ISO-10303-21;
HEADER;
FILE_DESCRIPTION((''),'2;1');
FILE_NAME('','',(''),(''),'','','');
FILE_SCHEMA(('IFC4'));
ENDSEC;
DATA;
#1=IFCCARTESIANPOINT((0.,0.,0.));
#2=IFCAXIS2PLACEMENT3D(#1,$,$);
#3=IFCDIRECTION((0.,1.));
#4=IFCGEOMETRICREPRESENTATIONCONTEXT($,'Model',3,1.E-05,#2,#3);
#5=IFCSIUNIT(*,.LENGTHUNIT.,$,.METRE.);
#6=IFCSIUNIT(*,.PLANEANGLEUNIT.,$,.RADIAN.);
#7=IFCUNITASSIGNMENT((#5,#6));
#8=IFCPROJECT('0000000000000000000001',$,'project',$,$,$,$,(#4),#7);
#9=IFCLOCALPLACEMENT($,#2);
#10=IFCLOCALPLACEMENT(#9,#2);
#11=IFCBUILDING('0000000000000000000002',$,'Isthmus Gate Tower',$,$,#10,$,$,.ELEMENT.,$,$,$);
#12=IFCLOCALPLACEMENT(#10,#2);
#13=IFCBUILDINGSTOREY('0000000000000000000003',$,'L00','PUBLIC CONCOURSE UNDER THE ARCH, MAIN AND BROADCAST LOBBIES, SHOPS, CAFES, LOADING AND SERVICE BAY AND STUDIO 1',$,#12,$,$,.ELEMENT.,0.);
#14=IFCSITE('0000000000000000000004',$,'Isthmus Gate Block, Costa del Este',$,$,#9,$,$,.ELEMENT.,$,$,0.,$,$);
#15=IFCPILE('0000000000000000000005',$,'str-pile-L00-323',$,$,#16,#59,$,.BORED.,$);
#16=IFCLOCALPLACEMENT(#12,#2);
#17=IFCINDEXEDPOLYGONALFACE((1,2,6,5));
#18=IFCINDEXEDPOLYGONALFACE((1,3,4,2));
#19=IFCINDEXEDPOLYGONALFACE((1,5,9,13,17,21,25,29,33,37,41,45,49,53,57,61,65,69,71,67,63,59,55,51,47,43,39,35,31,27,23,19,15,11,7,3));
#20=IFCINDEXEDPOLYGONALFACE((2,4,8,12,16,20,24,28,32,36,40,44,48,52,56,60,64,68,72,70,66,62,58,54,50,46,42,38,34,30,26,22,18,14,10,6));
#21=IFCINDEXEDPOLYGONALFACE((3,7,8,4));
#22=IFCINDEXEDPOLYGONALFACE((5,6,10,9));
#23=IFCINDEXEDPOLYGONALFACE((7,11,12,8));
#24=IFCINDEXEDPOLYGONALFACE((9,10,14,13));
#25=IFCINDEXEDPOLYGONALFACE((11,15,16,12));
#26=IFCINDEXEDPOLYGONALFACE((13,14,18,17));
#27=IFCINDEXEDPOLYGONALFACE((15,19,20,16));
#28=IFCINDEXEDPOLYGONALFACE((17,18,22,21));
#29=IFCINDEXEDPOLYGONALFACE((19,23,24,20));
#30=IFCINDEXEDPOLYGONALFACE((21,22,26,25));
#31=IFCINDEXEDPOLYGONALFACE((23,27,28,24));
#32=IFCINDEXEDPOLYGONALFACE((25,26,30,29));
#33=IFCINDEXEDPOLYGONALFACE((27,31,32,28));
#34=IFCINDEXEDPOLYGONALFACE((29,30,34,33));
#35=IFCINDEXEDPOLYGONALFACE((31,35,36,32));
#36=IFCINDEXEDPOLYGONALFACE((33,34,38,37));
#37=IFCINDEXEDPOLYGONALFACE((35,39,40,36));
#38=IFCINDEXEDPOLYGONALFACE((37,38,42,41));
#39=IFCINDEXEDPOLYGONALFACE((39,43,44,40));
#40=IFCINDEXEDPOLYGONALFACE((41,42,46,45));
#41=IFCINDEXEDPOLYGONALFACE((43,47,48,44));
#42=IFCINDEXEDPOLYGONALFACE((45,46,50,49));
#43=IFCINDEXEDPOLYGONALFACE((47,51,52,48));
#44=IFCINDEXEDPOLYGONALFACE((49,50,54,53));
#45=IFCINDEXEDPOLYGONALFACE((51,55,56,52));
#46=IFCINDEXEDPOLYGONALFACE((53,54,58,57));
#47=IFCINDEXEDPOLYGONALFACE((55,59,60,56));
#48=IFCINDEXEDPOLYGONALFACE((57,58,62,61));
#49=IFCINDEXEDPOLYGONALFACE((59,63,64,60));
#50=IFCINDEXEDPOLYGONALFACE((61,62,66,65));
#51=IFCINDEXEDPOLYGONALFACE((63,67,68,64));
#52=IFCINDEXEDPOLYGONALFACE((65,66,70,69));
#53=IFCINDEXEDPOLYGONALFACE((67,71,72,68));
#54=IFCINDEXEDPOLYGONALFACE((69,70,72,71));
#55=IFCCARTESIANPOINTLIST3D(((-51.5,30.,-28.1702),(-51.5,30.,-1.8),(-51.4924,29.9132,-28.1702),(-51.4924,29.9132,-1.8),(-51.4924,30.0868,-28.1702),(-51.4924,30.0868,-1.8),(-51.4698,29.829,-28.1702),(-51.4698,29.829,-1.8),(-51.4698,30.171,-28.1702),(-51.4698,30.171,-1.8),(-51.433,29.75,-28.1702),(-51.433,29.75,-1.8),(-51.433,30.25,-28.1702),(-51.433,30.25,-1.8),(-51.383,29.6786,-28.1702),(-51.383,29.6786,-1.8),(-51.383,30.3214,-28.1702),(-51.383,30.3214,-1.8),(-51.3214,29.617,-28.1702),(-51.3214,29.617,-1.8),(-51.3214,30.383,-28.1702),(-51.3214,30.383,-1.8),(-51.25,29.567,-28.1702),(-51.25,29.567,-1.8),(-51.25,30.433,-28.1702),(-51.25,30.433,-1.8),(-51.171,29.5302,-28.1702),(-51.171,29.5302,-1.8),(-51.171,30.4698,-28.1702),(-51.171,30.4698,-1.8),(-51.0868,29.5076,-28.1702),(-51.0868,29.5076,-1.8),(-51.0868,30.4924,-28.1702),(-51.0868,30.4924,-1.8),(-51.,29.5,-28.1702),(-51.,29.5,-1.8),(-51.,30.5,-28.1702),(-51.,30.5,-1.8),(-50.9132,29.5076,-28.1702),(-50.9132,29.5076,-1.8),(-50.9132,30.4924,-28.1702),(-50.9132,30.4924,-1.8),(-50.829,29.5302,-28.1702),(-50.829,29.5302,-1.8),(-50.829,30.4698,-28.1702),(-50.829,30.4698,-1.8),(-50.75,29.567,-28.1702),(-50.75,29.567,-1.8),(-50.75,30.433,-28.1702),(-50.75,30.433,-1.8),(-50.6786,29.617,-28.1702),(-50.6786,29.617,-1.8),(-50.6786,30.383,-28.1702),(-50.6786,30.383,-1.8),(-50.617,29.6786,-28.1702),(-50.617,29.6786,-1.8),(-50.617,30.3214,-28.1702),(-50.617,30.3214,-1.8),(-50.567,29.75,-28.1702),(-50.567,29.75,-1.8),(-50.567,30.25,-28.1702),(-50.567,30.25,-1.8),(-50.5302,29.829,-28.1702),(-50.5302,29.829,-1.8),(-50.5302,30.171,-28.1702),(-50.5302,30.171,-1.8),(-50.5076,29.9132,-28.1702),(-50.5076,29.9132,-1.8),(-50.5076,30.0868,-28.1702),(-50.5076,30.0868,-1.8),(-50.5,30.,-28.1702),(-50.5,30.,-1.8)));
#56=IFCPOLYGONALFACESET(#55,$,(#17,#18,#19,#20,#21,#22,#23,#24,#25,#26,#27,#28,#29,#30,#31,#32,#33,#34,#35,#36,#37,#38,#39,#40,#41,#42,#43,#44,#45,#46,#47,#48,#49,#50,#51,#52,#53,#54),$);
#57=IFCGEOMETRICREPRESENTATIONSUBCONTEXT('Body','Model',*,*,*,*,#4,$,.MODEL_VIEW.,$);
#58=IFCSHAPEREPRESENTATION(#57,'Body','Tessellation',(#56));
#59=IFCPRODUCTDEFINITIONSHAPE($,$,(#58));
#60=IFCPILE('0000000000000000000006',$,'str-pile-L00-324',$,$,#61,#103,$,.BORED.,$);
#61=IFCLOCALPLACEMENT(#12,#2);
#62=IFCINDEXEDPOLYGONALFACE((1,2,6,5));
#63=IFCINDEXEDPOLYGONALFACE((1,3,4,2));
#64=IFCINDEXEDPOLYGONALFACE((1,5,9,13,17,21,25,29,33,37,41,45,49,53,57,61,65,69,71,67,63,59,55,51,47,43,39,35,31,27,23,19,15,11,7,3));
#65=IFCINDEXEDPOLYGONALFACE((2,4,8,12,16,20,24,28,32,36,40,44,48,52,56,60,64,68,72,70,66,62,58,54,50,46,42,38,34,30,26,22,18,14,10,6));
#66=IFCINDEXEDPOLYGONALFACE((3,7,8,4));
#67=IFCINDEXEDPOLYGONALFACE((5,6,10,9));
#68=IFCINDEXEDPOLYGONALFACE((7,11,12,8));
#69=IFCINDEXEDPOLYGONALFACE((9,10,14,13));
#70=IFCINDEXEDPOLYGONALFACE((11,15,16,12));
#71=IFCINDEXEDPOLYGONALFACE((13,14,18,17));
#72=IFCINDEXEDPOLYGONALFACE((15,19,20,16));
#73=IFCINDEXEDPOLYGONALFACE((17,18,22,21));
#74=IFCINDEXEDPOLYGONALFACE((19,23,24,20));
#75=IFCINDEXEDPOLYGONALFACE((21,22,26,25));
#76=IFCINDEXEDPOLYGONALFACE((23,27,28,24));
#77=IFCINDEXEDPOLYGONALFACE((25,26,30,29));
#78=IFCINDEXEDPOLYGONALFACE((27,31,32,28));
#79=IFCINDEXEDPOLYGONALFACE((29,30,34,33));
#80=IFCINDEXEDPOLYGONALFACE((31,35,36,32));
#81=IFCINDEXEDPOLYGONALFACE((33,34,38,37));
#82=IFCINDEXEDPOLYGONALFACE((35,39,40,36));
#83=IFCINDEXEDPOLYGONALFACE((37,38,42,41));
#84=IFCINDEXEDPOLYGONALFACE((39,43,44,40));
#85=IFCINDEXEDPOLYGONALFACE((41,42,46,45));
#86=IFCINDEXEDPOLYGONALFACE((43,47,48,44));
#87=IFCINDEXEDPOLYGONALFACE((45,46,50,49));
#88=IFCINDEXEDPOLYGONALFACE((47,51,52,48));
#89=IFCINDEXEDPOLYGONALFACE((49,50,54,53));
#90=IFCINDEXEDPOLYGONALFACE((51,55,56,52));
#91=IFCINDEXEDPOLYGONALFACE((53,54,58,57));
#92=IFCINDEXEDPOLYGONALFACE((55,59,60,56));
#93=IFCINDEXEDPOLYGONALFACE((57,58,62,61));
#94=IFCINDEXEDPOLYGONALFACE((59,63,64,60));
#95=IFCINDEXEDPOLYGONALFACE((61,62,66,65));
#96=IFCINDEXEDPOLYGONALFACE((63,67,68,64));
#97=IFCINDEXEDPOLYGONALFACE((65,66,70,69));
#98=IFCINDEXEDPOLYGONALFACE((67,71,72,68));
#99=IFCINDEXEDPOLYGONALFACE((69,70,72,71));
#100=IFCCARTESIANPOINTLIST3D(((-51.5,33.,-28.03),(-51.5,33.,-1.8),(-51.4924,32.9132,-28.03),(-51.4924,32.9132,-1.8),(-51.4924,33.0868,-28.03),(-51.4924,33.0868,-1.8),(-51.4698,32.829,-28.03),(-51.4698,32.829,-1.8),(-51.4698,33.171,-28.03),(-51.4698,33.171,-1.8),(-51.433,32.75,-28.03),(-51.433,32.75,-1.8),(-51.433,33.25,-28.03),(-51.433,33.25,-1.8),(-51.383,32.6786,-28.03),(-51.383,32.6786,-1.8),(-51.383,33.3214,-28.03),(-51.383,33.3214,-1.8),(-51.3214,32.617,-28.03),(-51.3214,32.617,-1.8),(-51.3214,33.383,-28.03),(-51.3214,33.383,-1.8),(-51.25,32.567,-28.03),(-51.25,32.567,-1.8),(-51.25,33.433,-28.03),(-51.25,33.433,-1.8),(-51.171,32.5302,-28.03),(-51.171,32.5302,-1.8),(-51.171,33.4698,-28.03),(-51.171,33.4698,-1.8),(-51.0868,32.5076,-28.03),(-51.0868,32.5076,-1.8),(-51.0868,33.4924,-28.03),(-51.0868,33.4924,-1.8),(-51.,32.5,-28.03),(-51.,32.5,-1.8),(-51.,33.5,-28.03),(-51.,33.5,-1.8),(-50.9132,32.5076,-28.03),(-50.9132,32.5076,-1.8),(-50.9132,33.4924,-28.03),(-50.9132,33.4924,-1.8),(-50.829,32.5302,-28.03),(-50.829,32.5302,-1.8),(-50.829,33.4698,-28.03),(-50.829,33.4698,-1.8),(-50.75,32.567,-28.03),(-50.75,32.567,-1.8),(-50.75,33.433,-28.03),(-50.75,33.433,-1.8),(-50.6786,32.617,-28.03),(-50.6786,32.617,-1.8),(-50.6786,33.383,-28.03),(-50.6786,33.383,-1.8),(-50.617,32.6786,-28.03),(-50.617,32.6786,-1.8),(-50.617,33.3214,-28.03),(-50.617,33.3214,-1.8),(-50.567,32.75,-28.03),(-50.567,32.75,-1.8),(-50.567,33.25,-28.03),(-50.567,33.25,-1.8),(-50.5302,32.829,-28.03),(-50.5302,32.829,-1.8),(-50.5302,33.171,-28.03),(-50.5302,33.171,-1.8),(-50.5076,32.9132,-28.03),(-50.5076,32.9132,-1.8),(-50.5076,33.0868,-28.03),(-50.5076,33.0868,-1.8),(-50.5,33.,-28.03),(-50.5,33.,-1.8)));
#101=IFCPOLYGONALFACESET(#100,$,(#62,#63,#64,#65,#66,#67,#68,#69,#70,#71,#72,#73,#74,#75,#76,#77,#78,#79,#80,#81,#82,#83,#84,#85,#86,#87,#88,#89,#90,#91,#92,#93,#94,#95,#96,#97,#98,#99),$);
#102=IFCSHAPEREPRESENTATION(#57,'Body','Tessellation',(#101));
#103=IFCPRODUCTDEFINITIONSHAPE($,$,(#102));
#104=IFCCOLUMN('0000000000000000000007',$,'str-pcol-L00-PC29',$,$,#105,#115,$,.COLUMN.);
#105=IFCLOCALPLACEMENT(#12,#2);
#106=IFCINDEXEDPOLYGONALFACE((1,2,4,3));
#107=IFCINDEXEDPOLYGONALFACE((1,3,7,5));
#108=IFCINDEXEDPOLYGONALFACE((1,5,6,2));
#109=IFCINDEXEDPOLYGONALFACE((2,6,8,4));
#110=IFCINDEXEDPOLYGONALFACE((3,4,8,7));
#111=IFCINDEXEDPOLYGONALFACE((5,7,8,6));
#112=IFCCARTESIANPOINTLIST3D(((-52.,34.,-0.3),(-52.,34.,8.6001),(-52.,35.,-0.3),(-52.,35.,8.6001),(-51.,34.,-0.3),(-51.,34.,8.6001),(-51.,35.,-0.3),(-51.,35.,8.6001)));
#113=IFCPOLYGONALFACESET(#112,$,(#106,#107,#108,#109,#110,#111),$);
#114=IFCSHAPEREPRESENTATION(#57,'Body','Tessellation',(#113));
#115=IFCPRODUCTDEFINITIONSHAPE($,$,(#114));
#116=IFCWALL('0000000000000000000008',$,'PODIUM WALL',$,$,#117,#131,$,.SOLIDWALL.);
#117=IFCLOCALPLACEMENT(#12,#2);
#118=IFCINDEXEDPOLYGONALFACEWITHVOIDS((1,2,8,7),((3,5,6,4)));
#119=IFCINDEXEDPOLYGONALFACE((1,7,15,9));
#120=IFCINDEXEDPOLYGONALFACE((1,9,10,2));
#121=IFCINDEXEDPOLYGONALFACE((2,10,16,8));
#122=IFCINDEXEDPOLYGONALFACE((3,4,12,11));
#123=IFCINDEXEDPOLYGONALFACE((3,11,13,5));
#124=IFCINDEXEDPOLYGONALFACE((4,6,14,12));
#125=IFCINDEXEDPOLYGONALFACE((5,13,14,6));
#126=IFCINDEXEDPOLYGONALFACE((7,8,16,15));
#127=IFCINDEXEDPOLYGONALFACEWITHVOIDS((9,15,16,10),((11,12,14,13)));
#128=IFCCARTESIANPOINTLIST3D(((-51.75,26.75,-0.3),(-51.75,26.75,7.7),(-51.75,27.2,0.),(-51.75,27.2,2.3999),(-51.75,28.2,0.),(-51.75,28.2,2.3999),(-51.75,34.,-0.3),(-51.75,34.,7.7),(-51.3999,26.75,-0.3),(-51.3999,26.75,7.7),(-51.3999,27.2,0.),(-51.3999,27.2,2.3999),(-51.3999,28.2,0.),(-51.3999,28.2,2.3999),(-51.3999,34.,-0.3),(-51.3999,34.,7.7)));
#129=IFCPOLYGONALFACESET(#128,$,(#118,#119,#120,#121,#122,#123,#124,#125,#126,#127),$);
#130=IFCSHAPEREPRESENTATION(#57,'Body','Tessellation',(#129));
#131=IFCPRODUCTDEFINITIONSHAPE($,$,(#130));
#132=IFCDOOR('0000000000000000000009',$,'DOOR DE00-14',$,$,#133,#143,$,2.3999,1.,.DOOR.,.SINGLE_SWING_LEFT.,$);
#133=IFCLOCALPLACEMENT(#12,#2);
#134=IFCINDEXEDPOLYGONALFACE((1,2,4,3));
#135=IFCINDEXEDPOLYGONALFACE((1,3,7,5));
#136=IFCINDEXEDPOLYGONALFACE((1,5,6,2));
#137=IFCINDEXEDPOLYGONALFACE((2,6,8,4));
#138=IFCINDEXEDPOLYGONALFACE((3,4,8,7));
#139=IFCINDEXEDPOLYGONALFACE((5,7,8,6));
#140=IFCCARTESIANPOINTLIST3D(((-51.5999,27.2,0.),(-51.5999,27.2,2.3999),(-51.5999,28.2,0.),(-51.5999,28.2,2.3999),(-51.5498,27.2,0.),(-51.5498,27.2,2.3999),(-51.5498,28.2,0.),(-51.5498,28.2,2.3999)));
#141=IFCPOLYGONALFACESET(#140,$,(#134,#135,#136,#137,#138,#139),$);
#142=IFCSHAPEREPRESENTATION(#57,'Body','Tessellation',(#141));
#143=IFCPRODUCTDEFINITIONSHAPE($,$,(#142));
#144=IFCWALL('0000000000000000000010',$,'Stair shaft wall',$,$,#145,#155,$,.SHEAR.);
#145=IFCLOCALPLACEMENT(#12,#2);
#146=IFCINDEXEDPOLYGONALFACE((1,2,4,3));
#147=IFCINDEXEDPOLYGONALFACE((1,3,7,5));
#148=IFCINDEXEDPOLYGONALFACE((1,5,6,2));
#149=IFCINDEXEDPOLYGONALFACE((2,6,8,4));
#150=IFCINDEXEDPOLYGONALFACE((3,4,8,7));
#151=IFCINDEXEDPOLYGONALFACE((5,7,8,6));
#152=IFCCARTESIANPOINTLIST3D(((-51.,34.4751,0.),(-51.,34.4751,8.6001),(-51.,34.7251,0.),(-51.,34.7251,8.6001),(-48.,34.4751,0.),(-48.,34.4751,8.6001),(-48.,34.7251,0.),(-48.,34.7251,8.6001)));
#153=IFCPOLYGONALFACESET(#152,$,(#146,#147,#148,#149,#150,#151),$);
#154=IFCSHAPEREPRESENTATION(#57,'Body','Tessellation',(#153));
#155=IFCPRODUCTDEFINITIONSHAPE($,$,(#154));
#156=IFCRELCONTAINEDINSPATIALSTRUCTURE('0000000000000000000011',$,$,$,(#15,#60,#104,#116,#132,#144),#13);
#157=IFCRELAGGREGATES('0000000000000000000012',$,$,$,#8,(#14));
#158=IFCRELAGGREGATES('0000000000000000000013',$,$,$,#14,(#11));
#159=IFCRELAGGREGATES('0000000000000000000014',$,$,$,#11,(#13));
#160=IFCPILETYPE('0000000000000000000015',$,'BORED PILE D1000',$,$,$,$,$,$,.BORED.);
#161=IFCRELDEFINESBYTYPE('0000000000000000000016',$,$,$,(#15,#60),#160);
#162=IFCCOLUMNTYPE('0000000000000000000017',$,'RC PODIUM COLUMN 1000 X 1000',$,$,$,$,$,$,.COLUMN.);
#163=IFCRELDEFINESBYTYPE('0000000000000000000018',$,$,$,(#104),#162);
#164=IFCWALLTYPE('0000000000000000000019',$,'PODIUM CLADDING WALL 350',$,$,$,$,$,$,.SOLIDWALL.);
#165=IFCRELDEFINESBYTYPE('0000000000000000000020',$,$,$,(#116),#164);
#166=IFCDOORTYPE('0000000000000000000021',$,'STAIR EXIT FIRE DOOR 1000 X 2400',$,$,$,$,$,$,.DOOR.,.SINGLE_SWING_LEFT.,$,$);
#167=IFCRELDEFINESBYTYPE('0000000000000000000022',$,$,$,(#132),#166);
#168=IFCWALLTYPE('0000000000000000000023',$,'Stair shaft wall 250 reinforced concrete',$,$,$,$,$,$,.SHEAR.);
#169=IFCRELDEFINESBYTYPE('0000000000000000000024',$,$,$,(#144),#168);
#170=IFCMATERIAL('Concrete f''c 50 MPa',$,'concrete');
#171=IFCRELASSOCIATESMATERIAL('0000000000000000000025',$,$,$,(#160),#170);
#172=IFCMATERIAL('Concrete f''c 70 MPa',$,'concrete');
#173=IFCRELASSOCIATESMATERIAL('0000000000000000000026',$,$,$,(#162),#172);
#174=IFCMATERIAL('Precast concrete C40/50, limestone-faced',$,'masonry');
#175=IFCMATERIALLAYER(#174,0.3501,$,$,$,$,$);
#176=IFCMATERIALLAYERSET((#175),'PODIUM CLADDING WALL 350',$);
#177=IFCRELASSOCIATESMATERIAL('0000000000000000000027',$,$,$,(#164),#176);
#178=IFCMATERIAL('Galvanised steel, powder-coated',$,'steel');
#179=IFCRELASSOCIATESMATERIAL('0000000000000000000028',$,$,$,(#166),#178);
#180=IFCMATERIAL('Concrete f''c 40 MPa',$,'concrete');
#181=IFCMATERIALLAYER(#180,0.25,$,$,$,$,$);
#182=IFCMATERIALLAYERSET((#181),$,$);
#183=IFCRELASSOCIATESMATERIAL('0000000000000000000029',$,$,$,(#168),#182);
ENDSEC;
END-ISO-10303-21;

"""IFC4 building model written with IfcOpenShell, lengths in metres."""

from ifc_helpers import new_model, si_unit, direction, frame, frame_2d, origin, origin_2d, place, context, subcontext, project, spatial, rectangle, circle, extrude, material, layer, layer_set, material_profile, profile_set, type_object, element, fill, save


model = new_model("IFC4")

# Units and contexts
model_context = context("Model", 3, precision=1e-05, world=origin(), true_north=direction((0.0, 1.0)))
body_context = subcontext(model_context, "Body", "Model", "MODEL_VIEW")
ifc_project = project(units=[si_unit("LENGTHUNIT", "METRE"), si_unit("PLANEANGLEUNIT", "RADIAN")], contexts=[model_context])

# Site, building, storey
site_placement = place(None, origin())
site = spatial("IfcSite", under=ifc_project, at=site_placement, Name="Isthmus Gate Block, Costa del Este", CompositionType="ELEMENT", RefElevation=0.0)
building_placement = place(site_placement, origin())
building = spatial("IfcBuilding", under=site, at=building_placement, Name="Isthmus Gate Tower", CompositionType="ELEMENT")
storey_placement = place(building_placement, origin())
storey = spatial("IfcBuildingStorey", under=building, at=storey_placement, Name="L00", Description="PUBLIC CONCOURSE UNDER THE ARCH, MAIN AND BROADCAST LOBBIES, SHOPS, CAFES, LOADING AND SERVICE BAY AND STUDIO 1", CompositionType="ELEMENT", Elevation=0.0)

# Piles
ifc_material_1 = material(Name="Concrete f'c 50 MPa", Category="concrete")
ifc_material_profile_1 = material_profile(ifc_material_1, circle(Radius=0.5, at=origin_2d()), Name="D1000")
ifc_profile_set_1 = profile_set([ifc_material_profile_1], Name="Concrete f'c 50 MPa")
pile_type = type_object("IfcPileType", Name="BORED PILE D1000", PredefinedType="BORED", material=ifc_profile_set_1)
pile_1_placement = place(storey_placement, frame((-51.0, 30.0, -1.8), z_axis=(0.0, 0.0, -1.0), x_axis=(1.0, 0.0, 0.0)))
element("IfcPile", 1, at=pile_1_placement, inside=storey, type_object=pile_type, Name="str-pile-L00-323", PredefinedType="BORED", context=body_context, shape_type="SweptSolid", body=[
    extrude(circle(Radius=0.5, at=origin_2d()), origin(), (0.0, 0.0, 1.0), 26.3701),
])
pile_2_placement = place(storey_placement, frame((-51.0, 33.0, -1.8), z_axis=(0.0, 0.0, -1.0), x_axis=(1.0, 0.0, 0.0)))
element("IfcPile", 2, at=pile_2_placement, inside=storey, type_object=pile_type, Name="str-pile-L00-324", PredefinedType="BORED", context=body_context, shape_type="SweptSolid", body=[
    extrude(circle(Radius=0.5, at=origin_2d()), origin(), (0.0, 0.0, 1.0), 26.23),
])

# Column
ifc_material_2 = material(Name="Concrete f'c 70 MPa", Category="concrete")
ifc_material_profile_2 = material_profile(ifc_material_2, rectangle(XDim=1.0, YDim=1.0, at=origin_2d()), Name="RC 1000X1000")
ifc_profile_set_2 = profile_set([ifc_material_profile_2], Name="Concrete f'c 70 MPa")
column_type = type_object("IfcColumnType", Name="RC PODIUM COLUMN 1000 X 1000", PredefinedType="COLUMN", material=ifc_profile_set_2)
column_placement = place(storey_placement, frame((-51.5, 34.5, -0.3), z_axis=(0.0, 0.0, 1.0), x_axis=(0.0, -1.0, 0.0)))
element("IfcColumn", 3, at=column_placement, inside=storey, type_object=column_type, Name="str-pcol-L00-PC29", PredefinedType="COLUMN", context=body_context, shape_type="SweptSolid", body=[
    extrude(rectangle(XDim=1.0, YDim=1.0, at=origin_2d()), origin(), (0.0, 0.0, 1.0), 8.9001),
])

# Wall, opening, door
ifc_material_3 = material(Name="Precast concrete C40/50, limestone-faced", Category="masonry")
ifc_layer_1 = layer(ifc_material_3, 0.3501)
ifc_layer_set_1 = layer_set([ifc_layer_1], Name="PODIUM CLADDING WALL 350")
wall_type_1 = type_object("IfcWallType", Name="PODIUM CLADDING WALL 350", PredefinedType="SOLIDWALL", material=ifc_layer_set_1)
wall_1_placement = place(storey_placement, frame((-51.575, 34.0, -0.3), z_axis=(0.0, 0.0, 1.0), x_axis=(0.0, -1.0, 0.0)))
wall_1 = element("IfcWall", 4, at=wall_1_placement, inside=storey, type_object=wall_type_1, Name="PODIUM WALL", PredefinedType="SOLIDWALL", context=body_context, shape_type="SweptSolid", body=[
    extrude(rectangle(XDim=7.25, YDim=0.3501, at=frame_2d((3.625, 0.0))), origin(), (0.0, 0.0, 1.0), 8.0),
])
opening_placement = place(wall_1_placement, frame((5.8, 0.0, 0.3)))
opening = element("IfcOpeningElement", 5, at=opening_placement, cuts=wall_1, PredefinedType="OPENING", context=body_context, shape_type="SweptSolid", body=[
    extrude(rectangle(XDim=1.0, YDim=2.3999, at=frame_2d((0.5, 1.2))), frame((0.0, 0.1851, 0.0), z_axis=(0.0, -1.0, 0.0), x_axis=(1.0, 0.0, 0.0)), (0.0, 0.0, 1.0), 0.3701),
])
ifc_material_4 = material(Name="Galvanised steel, powder-coated", Category="steel")
door_type = type_object("IfcDoorType", Name="STAIR EXIT FIRE DOOR 1000 X 2400", OperationType="SINGLE_SWING_LEFT", PredefinedType="DOOR", material=ifc_material_4)
door_placement = place(opening_placement, frame((1.0, 0.0, 0.0), z_axis=(0.0, 0.0, 1.0), x_axis=(-1.0, 0.0, 0.0)))
door = element("IfcDoor", 6, at=door_placement, inside=storey, type_object=door_type, Name="DOOR DE00-14", OperationType="SINGLE_SWING_LEFT", OverallHeight=2.3999, OverallWidth=1.0, PredefinedType="DOOR", context=body_context, shape_type="SweptSolid", body=[
    extrude(rectangle(XDim=1.0, YDim=2.3999, at=frame_2d((0.5, 1.2))), frame((0.0, 0.0249, 0.0), z_axis=(0.0, -1.0, 0.0), x_axis=(1.0, 0.0, 0.0)), (0.0, 0.0, 1.0), 0.05),
])
fill(opening, door)

# Wall
ifc_material_5 = material(Name="Concrete f'c 40 MPa", Category="concrete")
ifc_layer_2 = layer(ifc_material_5, 0.25)
ifc_layer_set_2 = layer_set([ifc_layer_2])
wall_type_2 = type_object("IfcWallType", Name="Stair shaft wall 250 reinforced concrete", PredefinedType="SHEAR", material=ifc_layer_set_2)
wall_2_placement = place(storey_placement, frame((-51.0, 34.6001, 0.0), z_axis=(0.0, 0.0, 1.0), x_axis=(1.0, 0.0, 0.0)))
element("IfcWall", 7, at=wall_2_placement, inside=storey, type_object=wall_type_2, Name="Stair shaft wall", PredefinedType="SHEAR", context=body_context, shape_type="SweptSolid", body=[
    extrude(rectangle(XDim=3.0, YDim=0.25, at=frame_2d((1.5, 0.0))), origin(), (0.0, 0.0, 1.0), 8.6001),
])

save(model, "model.ifc")
